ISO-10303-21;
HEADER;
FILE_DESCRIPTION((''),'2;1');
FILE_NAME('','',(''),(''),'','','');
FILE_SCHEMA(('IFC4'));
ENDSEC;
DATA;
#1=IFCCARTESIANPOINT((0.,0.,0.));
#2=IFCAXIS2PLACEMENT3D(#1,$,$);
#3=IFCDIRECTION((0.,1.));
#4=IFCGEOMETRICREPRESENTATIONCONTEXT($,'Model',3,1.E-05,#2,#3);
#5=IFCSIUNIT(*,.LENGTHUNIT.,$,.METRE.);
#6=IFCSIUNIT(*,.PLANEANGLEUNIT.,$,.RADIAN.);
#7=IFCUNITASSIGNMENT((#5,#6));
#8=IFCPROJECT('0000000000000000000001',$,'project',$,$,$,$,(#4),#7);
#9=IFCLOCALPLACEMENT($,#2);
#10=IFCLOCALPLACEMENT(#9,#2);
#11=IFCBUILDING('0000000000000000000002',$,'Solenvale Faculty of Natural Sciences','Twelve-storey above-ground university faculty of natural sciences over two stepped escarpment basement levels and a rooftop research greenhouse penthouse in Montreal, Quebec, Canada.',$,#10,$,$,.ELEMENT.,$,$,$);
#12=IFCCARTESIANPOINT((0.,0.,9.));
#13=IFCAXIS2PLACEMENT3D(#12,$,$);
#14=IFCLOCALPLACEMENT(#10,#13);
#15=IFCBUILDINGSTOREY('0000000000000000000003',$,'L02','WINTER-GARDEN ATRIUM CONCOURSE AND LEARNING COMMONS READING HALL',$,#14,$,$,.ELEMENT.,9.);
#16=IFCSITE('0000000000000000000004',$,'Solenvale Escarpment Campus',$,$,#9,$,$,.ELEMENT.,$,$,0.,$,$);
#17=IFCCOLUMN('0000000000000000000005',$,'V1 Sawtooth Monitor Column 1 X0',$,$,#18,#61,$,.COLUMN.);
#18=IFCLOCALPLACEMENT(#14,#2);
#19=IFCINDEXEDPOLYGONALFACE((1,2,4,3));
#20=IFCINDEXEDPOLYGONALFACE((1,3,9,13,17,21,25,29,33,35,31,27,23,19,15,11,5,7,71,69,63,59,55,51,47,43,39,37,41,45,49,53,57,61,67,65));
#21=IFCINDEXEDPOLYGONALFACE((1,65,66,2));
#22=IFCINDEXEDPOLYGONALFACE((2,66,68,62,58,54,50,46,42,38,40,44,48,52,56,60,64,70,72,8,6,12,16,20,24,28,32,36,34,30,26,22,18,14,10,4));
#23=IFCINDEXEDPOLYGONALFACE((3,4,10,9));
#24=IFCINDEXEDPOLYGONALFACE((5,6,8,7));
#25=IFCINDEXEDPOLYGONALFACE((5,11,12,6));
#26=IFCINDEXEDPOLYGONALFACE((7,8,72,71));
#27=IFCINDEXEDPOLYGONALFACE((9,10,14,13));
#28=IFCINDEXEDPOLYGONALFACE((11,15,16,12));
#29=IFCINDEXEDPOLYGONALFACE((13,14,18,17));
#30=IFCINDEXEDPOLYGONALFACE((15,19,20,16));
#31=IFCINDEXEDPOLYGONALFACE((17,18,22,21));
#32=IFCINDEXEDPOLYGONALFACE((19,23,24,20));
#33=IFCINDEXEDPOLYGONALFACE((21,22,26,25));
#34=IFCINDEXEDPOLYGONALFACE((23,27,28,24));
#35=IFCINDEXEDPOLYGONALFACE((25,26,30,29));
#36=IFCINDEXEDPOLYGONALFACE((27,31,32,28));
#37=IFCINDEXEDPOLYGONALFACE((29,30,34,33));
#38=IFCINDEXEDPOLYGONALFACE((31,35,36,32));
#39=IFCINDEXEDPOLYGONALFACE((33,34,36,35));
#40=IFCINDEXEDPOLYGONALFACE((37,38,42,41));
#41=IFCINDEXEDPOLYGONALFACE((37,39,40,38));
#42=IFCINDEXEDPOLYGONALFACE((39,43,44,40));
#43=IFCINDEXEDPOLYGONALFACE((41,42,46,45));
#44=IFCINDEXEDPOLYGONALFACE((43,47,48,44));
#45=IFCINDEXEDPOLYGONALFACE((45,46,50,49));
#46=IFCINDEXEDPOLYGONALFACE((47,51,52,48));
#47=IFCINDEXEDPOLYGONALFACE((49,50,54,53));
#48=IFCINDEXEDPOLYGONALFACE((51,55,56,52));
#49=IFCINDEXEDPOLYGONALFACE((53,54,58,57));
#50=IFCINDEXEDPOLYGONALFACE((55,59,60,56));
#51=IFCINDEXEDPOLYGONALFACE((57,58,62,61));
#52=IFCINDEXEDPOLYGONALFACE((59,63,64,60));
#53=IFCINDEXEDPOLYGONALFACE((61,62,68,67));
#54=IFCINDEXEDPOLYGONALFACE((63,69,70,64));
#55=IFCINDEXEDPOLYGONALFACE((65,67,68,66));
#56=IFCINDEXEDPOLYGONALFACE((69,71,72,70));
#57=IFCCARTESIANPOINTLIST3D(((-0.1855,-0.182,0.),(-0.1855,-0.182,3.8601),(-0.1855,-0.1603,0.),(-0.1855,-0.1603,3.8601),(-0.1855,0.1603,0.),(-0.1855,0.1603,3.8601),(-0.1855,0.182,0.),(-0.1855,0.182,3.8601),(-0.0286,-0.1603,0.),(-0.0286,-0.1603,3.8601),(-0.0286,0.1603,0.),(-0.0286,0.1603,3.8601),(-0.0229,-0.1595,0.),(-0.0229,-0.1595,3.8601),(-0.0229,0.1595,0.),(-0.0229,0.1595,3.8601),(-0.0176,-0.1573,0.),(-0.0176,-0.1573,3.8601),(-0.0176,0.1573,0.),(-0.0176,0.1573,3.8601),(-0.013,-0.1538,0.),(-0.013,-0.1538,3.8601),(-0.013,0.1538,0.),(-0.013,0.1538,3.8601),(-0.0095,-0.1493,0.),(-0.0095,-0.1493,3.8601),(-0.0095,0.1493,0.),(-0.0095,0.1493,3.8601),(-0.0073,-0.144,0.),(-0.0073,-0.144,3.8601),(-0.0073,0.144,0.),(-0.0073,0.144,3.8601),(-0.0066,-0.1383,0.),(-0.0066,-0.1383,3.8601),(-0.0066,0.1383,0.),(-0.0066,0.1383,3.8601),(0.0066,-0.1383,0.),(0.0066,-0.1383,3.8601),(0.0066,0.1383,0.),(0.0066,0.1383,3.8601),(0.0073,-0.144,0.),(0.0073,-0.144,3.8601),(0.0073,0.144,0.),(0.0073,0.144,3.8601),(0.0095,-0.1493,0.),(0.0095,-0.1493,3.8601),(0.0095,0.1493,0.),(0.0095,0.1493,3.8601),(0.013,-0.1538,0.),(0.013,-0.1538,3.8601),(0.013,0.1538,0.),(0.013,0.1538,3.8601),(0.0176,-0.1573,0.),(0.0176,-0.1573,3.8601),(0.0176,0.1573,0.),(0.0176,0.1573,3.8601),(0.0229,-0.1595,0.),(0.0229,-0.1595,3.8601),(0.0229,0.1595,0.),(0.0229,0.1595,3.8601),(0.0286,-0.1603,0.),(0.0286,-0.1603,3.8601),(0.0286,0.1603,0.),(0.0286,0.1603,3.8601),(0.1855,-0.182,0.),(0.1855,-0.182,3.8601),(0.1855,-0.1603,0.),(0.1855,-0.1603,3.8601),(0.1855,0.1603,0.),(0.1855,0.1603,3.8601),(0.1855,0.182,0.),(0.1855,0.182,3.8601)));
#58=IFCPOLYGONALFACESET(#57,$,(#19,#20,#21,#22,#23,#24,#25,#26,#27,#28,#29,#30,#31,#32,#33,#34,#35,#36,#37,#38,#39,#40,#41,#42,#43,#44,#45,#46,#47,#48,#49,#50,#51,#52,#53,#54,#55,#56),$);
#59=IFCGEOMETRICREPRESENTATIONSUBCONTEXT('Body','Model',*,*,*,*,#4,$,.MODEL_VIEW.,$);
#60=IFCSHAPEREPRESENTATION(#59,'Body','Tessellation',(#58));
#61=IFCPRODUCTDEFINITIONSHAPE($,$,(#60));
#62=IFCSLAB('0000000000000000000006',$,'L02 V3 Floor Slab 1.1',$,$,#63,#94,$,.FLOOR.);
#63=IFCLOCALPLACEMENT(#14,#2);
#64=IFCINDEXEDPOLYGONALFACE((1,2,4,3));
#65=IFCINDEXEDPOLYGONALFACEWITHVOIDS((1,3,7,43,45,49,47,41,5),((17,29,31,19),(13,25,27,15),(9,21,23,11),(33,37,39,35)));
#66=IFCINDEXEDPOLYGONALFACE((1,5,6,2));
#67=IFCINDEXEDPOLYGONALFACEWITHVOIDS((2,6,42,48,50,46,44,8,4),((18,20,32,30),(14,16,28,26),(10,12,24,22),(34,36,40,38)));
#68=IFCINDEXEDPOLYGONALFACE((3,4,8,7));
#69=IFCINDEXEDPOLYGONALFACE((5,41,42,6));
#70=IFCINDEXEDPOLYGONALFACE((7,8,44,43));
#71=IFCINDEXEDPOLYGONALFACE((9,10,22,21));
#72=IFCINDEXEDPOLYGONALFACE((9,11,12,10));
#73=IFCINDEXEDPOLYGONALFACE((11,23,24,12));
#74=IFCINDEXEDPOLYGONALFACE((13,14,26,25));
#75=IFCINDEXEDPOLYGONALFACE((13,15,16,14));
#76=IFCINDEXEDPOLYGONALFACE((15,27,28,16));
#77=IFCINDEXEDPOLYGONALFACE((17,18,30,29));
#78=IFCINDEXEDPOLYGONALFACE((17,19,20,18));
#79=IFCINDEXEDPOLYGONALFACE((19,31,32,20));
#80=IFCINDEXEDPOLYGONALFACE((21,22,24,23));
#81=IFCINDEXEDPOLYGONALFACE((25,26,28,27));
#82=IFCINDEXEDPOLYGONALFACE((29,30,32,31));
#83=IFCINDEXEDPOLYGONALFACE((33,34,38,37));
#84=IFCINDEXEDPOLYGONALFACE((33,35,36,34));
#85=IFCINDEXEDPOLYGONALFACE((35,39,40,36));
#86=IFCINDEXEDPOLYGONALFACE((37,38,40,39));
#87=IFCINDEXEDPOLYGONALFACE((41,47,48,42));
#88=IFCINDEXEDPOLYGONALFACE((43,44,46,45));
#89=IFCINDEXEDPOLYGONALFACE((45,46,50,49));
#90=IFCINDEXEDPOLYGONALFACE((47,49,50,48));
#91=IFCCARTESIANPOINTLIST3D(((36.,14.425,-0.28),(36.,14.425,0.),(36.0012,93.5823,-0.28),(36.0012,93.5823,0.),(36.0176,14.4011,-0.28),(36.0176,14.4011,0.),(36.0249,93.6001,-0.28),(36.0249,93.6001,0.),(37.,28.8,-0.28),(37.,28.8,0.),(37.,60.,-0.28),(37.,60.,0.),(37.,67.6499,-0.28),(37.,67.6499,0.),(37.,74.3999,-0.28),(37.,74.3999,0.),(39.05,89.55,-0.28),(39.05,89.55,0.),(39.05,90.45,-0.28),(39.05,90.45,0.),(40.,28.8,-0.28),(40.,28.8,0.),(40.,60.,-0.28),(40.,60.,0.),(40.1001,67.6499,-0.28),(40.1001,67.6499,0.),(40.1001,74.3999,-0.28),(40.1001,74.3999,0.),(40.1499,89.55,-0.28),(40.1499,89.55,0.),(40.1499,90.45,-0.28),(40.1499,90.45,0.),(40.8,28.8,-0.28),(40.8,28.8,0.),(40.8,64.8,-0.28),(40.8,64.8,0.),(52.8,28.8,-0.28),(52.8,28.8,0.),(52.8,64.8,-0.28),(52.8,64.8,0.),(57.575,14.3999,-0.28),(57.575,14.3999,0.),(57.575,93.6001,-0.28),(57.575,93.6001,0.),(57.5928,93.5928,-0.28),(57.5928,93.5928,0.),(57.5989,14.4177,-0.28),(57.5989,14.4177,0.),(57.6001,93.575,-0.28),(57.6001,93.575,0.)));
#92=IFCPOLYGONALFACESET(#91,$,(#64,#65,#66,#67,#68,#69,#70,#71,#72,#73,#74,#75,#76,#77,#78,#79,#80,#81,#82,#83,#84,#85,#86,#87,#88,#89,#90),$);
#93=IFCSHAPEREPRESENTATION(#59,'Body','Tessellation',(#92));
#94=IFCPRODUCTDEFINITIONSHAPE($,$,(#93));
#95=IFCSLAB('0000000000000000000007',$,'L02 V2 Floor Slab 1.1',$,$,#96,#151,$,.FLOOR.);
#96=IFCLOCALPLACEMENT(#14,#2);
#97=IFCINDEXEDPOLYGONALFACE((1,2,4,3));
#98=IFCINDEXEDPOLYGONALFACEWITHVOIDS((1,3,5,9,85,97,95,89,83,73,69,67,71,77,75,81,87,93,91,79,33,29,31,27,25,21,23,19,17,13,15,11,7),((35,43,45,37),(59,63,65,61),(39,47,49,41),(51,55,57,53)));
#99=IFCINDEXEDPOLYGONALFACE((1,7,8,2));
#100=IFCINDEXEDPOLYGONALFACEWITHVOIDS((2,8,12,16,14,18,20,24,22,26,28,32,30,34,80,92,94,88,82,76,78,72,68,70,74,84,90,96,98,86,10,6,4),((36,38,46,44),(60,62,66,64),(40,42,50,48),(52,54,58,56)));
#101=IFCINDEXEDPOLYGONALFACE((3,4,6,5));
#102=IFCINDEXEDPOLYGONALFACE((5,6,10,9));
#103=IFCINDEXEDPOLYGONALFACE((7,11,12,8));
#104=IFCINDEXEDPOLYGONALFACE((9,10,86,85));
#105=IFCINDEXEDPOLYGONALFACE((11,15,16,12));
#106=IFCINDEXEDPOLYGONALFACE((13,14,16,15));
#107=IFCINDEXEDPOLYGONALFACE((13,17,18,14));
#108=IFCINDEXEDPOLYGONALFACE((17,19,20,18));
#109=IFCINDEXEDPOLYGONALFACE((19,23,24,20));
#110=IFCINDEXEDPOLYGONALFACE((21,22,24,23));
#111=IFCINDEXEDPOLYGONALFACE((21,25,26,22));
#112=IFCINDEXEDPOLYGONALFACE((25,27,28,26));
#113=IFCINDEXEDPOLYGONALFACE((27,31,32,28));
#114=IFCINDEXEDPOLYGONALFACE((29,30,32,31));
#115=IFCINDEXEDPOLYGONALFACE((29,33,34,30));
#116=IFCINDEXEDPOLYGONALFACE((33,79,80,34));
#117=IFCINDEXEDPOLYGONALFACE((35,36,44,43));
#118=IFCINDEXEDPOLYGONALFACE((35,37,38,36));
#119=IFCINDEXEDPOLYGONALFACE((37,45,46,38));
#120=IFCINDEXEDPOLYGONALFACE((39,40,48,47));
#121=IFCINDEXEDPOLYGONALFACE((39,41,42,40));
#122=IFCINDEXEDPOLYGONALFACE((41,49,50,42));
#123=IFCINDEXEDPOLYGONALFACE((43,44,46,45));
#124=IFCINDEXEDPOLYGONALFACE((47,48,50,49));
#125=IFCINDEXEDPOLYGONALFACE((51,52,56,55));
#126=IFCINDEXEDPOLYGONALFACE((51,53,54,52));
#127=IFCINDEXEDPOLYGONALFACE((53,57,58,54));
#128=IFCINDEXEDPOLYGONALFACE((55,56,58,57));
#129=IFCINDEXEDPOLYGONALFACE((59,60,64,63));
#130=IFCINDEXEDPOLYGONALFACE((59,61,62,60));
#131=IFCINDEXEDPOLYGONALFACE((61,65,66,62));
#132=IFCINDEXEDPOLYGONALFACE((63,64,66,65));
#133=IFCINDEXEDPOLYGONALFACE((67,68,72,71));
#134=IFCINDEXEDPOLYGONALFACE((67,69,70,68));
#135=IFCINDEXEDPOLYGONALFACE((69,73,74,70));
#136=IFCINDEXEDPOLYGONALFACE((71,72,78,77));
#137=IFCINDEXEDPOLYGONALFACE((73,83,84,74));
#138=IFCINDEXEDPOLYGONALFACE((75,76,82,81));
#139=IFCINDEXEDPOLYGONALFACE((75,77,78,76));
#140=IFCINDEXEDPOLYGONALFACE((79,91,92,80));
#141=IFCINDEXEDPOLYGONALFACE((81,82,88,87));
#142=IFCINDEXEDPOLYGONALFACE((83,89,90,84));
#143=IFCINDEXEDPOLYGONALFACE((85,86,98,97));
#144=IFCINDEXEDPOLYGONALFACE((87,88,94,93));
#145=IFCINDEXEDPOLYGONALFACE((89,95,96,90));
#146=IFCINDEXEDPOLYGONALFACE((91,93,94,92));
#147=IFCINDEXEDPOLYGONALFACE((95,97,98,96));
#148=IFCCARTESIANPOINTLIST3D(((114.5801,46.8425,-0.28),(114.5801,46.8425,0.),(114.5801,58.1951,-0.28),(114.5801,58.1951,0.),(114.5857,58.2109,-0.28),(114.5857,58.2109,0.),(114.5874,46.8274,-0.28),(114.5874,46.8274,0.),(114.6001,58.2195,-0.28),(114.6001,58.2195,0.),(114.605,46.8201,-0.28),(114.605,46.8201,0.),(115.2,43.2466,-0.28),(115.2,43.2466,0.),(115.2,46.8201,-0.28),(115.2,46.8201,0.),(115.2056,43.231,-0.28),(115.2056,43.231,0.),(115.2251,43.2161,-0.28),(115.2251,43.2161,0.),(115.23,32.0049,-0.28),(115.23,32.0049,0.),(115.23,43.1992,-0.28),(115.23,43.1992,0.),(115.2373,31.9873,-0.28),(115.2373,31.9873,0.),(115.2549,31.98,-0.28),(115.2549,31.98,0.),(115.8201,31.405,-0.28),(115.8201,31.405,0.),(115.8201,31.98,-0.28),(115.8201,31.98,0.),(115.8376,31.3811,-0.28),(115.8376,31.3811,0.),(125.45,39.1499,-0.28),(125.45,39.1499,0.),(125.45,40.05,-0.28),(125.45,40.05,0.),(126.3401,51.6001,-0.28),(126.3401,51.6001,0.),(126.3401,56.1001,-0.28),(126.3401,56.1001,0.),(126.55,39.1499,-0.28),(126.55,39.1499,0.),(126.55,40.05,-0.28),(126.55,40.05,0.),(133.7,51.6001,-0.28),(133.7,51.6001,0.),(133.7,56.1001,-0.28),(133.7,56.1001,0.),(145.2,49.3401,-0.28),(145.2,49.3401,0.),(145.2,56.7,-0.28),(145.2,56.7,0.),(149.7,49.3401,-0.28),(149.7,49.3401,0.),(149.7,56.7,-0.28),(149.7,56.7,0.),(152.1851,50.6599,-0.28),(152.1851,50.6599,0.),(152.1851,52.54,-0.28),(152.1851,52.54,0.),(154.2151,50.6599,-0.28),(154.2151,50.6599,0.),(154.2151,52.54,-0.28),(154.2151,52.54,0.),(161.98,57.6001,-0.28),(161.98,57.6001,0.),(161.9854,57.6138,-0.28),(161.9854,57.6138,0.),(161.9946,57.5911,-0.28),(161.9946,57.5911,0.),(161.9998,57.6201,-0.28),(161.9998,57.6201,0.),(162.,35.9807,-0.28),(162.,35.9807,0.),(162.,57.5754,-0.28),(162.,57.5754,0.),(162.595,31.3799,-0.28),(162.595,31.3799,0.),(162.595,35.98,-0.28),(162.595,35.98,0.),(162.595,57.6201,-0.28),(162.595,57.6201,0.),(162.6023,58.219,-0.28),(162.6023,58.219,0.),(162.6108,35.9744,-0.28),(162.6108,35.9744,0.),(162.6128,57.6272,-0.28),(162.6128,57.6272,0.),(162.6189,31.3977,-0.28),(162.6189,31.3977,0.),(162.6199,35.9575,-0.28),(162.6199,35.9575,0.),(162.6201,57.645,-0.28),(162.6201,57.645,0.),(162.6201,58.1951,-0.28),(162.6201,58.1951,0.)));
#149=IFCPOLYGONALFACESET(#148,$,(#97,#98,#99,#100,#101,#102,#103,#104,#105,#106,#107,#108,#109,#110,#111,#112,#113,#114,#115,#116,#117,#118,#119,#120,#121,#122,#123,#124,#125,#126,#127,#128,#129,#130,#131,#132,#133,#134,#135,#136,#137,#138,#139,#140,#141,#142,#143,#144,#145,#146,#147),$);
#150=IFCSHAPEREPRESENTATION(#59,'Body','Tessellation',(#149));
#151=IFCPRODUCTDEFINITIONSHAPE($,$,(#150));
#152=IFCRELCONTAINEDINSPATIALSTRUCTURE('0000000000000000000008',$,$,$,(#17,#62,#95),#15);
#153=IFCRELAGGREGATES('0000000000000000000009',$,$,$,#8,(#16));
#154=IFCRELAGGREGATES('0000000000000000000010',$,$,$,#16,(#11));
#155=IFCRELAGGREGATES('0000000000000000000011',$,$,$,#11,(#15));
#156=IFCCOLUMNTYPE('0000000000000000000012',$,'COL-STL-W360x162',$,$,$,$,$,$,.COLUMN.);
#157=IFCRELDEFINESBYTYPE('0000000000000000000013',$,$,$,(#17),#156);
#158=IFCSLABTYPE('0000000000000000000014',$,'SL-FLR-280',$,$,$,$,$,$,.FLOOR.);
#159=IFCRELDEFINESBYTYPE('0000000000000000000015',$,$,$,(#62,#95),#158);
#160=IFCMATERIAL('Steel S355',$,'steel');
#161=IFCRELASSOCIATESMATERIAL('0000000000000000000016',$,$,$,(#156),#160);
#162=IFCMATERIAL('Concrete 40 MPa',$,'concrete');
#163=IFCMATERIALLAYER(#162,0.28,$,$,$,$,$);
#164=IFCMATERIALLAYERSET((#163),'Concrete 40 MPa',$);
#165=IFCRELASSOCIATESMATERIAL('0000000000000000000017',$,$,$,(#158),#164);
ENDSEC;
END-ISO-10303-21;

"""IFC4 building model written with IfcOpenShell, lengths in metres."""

from ifc_helpers import new_model, si_unit, direction, frame, origin, origin_with_axes, origin_2d, place, context, subcontext, project, spatial, polyline, i_section, outline, extrude, material, layer, layer_set, material_profile, profile_set, type_object, element, save


model = new_model("IFC4")

# Units and contexts
model_context = context("Model", 3, precision=1e-05, world=origin(), true_north=direction((0.0, 1.0)))
body_context = subcontext(model_context, "Body", "Model", "MODEL_VIEW")
ifc_project = project(units=[si_unit("LENGTHUNIT", "METRE"), si_unit("PLANEANGLEUNIT", "RADIAN")], contexts=[model_context])

# Site, building, storey
site_placement = place(None, origin())
site = spatial("IfcSite", under=ifc_project, at=site_placement, Name="Solenvale Escarpment Campus", CompositionType="ELEMENT", RefElevation=0.0)
building_placement = place(site_placement, origin())
building = spatial("IfcBuilding", under=site, at=building_placement, Name="Solenvale Faculty of Natural Sciences", Description="Twelve-storey above-ground university faculty of natural sciences over two stepped escarpment basement levels and a rooftop research greenhouse penthouse in Montreal, Quebec, Canada.", CompositionType="ELEMENT")
storey_placement = place(building_placement, frame((0.0, 0.0, 9.0)))
storey = spatial("IfcBuildingStorey", under=building, at=storey_placement, Name="L02", Description="WINTER-GARDEN ATRIUM CONCOURSE AND LEARNING COMMONS READING HALL", CompositionType="ELEMENT", Elevation=9.0)

# Column
ifc_material_1 = material(Name="Steel S355", Category="steel")
ifc_material_profile = material_profile(ifc_material_1, i_section(OverallWidth=0.3711, OverallDepth=0.364, WebThickness=0.0132, FlangeThickness=0.0217, FilletRadius=0.022, at=origin_2d()), Name="W360x162")
ifc_profile_set = profile_set([ifc_material_profile], Name="Steel S355")
column_type = type_object("IfcColumnType", Name="COL-STL-W360x162", PredefinedType="COLUMN", material=ifc_profile_set)
column_placement = place(storey_placement, origin_with_axes())
element("IfcColumn", 1, at=column_placement, inside=storey, type_object=column_type, Name="V1 Sawtooth Monitor Column 1 X0", PredefinedType="COLUMN", context=body_context, shape_type="SweptSolid", body=[
    extrude(i_section(OverallWidth=0.3711, OverallDepth=0.364, WebThickness=0.0132, FlangeThickness=0.0217, FilletRadius=0.022, at=origin_2d()), origin(), (0.0, 0.0, 1.0), 3.8601),
])

# Slabs
ifc_material_2 = material(Name="Concrete 40 MPa", Category="concrete")
ifc_layer_1 = layer(ifc_material_2, 0.28)
ifc_layer_set_1 = layer_set([ifc_layer_1], Name="Concrete 40 MPa")
slab_type_1 = type_object("IfcSlabType", Name="SL-FLR-280", PredefinedType="FLOOR", material=ifc_layer_set_1)
slab_1_placement = place(storey_placement, frame((0.0, 0.0, -0.28)))
element("IfcSlab", 2, at=slab_1_placement, inside=storey, type_object=slab_type_1, Name="L02 V3 Floor Slab 1.1", PredefinedType="FLOOR", context=body_context, shape_type="SweptSolid", body=[
    extrude(outline(polyline([(57.575, 93.6001), (57.5928, 93.5928), (57.6001, 93.575), (57.5989, 14.4177), (57.575, 14.3999), (36.0176, 14.4011), (36.0, 14.425), (36.0012, 93.5823), (36.0249, 93.6001), (57.575, 93.6001)]), holes=[polyline([(40.8, 28.8), (52.8, 28.8), (52.8, 64.8), (40.8, 64.8), (40.8, 28.8)]), polyline([(39.05, 89.55), (40.1499, 89.55), (40.1499, 90.45), (39.05, 90.45), (39.05, 89.55)]), polyline([(37.0, 67.6499), (40.1001, 67.6499), (40.1001, 74.3999), (37.0, 74.3999), (37.0, 67.6499)]), polyline([(37.0, 28.8), (40.0, 28.8), (40.0, 60.0), (37.0, 60.0), (37.0, 28.8)])]), origin(), (0.0, 0.0, 1.0), 0.28),
])
slab_2_placement = place(storey_placement, frame((0.0, 0.0, -0.28)))
element("IfcSlab", 3, at=slab_2_placement, inside=storey, type_object=slab_type_1, Name="L02 V2 Floor Slab 1.1", PredefinedType="FLOOR", context=body_context, shape_type="SweptSolid", body=[
    extrude(outline(polyline([(115.2, 46.8201), (114.605, 46.8201), (114.5874, 46.8274), (114.5801, 46.8425), (114.5801, 58.1951), (114.5857, 58.2109), (114.6001, 58.2195), (162.6023, 58.219), (162.6201, 58.1951), (162.6201, 57.645), (162.6128, 57.6272), (162.595, 57.6201), (161.9998, 57.6201), (161.9854, 57.6138), (161.98, 57.6001), (161.9946, 57.5911), (162.0, 57.5754), (162.0, 35.9807), (162.595, 35.98), (162.6108, 35.9744), (162.6199, 35.9575), (162.6189, 31.3977), (162.595, 31.3799), (115.8376, 31.3811), (115.8201, 31.405), (115.8201, 31.98), (115.2549, 31.98), (115.2373, 31.9873), (115.23, 32.0049), (115.23, 43.1992), (115.2251, 43.2161), (115.2056, 43.231), (115.2, 43.2466), (115.2, 46.8201)]), holes=[polyline([(152.1851, 50.6599), (154.2151, 50.6599), (154.2151, 52.54), (152.1851, 52.54), (152.1851, 50.6599)]), polyline([(145.2, 49.3401), (149.7, 49.3401), (149.7, 56.7), (145.2, 56.7), (145.2, 49.3401)]), polyline([(126.3401, 51.6001), (133.7, 51.6001), (133.7, 56.1001), (126.3401, 56.1001), (126.3401, 51.6001)]), polyline([(125.45, 39.1499), (126.55, 39.1499), (126.55, 40.05), (125.45, 40.05), (125.45, 39.1499)])]), origin(), (0.0, 0.0, 1.0), 0.28),
])

save(model, "model.ifc")
